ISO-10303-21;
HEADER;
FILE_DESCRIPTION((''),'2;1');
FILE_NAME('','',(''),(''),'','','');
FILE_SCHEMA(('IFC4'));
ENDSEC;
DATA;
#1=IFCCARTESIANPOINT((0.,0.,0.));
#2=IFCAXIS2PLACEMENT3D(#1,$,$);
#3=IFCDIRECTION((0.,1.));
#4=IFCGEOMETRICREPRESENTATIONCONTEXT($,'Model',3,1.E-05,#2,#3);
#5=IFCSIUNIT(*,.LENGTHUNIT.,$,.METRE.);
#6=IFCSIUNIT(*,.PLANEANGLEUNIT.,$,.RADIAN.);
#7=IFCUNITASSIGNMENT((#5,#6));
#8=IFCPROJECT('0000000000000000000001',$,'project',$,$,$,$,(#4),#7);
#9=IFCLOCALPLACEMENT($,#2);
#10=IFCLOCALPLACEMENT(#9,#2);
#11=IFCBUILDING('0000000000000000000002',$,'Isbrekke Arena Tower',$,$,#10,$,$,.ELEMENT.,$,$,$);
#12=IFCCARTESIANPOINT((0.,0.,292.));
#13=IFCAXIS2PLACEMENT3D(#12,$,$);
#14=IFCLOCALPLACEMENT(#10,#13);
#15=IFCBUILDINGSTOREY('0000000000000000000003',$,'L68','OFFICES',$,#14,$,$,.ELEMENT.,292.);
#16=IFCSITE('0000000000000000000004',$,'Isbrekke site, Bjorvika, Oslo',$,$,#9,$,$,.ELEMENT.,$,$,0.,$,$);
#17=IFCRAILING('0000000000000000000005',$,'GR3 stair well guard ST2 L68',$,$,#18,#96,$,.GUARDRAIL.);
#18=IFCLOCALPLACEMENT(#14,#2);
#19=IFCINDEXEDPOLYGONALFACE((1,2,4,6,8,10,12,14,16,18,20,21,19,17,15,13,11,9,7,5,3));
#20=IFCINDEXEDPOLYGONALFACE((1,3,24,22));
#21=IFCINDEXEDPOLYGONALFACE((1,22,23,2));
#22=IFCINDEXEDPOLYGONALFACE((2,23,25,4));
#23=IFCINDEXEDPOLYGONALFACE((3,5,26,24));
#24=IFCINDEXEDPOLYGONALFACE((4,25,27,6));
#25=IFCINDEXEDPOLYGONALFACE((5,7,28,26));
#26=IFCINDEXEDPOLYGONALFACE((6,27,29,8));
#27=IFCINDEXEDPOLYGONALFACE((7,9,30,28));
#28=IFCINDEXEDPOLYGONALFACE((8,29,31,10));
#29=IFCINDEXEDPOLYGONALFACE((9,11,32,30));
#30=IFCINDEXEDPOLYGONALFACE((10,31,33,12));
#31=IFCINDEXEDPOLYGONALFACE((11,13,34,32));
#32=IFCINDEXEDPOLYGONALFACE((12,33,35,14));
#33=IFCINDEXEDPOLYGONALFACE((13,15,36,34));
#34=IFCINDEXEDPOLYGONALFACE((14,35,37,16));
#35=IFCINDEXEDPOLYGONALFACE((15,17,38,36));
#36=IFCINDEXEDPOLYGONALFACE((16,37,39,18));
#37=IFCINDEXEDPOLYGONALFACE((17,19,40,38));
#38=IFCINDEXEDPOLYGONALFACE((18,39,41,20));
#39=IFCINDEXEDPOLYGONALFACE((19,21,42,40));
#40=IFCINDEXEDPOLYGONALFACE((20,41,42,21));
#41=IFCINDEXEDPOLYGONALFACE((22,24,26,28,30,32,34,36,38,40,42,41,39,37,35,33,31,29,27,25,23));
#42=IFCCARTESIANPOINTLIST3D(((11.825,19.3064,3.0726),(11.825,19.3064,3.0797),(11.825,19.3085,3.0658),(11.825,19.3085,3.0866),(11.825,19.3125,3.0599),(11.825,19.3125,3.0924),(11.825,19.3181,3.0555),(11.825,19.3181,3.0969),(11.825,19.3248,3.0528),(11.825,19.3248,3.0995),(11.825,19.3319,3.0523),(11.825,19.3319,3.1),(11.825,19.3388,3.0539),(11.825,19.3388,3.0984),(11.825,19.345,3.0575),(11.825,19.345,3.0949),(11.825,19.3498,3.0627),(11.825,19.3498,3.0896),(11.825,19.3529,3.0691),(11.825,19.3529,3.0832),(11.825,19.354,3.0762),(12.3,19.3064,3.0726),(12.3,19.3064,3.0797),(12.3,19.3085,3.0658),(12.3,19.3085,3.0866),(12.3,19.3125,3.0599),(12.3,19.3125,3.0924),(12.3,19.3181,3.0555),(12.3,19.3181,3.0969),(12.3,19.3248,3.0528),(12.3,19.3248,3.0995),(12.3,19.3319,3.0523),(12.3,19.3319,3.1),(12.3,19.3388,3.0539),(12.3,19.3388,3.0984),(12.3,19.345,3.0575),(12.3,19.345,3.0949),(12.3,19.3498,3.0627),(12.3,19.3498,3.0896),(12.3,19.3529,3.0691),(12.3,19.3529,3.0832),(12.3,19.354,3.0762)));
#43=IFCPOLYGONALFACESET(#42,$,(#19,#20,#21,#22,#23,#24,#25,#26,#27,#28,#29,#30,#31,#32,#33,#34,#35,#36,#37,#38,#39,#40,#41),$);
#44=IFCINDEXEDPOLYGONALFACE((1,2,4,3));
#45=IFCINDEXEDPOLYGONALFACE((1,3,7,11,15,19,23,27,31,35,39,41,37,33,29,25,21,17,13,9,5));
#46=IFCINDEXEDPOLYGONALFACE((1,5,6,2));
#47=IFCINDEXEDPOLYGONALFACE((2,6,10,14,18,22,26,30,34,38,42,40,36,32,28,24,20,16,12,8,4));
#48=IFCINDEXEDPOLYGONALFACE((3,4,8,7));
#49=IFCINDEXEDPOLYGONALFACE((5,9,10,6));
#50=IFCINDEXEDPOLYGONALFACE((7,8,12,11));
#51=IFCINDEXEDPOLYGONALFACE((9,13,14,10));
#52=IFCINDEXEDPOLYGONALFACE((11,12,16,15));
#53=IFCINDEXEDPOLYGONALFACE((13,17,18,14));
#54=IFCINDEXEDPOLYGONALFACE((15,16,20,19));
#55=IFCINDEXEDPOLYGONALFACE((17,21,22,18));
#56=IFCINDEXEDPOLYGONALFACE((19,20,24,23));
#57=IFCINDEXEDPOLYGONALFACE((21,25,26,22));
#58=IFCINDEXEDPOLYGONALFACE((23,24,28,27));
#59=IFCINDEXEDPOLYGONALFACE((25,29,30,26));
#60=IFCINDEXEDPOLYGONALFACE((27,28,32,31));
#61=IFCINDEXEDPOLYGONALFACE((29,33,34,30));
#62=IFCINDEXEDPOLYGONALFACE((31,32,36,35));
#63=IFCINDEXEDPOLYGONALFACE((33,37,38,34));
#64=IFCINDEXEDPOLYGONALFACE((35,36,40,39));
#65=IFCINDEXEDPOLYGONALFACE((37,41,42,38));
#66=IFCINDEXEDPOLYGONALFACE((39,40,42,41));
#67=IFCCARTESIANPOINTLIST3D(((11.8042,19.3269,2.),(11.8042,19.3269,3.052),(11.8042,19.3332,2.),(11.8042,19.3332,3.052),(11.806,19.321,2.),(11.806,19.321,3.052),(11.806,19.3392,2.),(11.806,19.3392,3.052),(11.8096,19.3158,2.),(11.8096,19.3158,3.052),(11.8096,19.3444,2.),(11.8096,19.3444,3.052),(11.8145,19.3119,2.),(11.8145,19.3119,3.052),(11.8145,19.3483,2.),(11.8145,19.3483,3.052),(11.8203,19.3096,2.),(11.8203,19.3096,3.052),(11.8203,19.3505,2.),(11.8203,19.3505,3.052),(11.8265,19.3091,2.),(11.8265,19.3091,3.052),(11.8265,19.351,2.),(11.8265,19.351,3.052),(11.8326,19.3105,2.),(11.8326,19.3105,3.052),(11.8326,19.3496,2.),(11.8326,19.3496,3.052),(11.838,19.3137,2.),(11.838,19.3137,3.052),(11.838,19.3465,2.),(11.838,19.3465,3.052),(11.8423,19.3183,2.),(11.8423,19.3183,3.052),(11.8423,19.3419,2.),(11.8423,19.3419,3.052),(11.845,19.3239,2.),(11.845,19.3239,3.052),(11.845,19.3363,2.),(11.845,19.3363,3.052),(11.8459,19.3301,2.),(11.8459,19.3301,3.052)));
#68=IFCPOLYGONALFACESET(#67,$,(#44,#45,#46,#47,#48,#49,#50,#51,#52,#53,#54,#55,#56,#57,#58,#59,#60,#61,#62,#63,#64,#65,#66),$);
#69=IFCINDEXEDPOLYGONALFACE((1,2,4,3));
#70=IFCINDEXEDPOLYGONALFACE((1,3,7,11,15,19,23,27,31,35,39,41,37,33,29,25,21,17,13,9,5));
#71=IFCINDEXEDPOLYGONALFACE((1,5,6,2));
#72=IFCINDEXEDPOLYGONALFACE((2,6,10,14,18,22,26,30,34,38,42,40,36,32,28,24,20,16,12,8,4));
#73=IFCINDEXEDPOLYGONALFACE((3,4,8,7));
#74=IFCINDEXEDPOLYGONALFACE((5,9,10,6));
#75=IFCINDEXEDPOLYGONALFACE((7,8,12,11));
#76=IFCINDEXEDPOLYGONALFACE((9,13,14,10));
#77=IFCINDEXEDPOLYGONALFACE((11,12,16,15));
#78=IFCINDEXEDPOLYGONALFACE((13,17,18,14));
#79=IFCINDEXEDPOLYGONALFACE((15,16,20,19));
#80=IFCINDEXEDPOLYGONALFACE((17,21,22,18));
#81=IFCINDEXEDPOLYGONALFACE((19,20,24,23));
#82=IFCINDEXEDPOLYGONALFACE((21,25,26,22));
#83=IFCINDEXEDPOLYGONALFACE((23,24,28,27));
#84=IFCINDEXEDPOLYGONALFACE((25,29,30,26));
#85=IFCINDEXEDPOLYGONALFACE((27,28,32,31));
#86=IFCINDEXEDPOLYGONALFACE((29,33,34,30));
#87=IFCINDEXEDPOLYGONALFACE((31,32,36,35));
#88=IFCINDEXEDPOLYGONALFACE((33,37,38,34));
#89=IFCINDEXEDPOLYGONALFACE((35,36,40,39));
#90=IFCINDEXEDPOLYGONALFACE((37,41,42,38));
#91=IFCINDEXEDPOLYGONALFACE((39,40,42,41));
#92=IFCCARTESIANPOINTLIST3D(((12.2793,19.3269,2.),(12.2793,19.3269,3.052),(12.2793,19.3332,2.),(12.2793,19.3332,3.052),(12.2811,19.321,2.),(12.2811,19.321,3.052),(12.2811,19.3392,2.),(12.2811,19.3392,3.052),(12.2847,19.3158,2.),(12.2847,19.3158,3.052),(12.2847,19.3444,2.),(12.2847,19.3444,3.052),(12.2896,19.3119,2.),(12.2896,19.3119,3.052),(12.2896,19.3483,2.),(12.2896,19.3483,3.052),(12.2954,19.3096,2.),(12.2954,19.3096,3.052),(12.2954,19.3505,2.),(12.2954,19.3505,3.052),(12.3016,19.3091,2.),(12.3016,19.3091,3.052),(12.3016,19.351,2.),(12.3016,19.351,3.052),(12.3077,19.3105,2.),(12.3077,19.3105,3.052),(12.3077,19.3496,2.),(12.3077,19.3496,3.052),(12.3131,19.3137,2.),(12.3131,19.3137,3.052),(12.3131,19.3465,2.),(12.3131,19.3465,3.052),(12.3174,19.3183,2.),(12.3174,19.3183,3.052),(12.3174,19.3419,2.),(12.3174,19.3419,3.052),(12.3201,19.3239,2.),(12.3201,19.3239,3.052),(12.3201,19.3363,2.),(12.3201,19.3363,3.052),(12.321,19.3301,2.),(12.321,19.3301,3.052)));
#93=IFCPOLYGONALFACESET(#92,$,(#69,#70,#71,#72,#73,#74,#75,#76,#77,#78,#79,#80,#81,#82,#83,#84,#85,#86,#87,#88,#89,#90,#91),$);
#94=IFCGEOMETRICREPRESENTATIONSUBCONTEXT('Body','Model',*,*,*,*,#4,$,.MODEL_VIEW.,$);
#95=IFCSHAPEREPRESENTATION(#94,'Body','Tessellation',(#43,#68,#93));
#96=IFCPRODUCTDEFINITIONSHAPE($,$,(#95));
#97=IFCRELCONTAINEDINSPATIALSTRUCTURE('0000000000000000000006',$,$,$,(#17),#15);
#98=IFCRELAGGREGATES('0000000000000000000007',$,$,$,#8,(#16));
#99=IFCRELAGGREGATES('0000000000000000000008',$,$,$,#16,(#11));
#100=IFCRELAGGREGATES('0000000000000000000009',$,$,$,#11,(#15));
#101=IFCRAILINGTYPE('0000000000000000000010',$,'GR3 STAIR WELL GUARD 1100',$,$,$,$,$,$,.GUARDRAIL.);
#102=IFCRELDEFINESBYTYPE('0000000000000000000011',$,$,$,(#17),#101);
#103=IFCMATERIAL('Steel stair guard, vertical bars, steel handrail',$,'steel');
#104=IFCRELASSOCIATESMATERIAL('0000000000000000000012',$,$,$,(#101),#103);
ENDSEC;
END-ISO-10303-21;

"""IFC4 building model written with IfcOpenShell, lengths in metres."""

from ifc_helpers import new_model, si_unit, direction, frame, origin, origin_2d, place, context, subcontext, project, spatial, circle, extrude, material, type_object, element, save


model = new_model("IFC4")

# Units and contexts
model_context = context("Model", 3, precision=1e-05, world=origin(), true_north=direction((0.0, 1.0)))
body_context = subcontext(model_context, "Body", "Model", "MODEL_VIEW")
ifc_project = project(units=[si_unit("LENGTHUNIT", "METRE"), si_unit("PLANEANGLEUNIT", "RADIAN")], contexts=[model_context])

# Site, building, storey
site_placement = place(None, origin())
site = spatial("IfcSite", under=ifc_project, at=site_placement, Name="Isbrekke site, Bjorvika, Oslo", CompositionType="ELEMENT", RefElevation=0.0)
building_placement = place(site_placement, origin())
building = spatial("IfcBuilding", under=site, at=building_placement, Name="Isbrekke Arena Tower", CompositionType="ELEMENT")
storey_placement = place(building_placement, frame((0.0, 0.0, 292.0)))
storey = spatial("IfcBuildingStorey", under=building, at=storey_placement, Name="L68", Description="OFFICES", CompositionType="ELEMENT", Elevation=292.0)

# Railing
ifc_material_1 = material(Name="Steel stair guard, vertical bars, steel handrail", Category="steel")
railing_type = type_object("IfcRailingType", Name="GR3 STAIR WELL GUARD 1100", PredefinedType="GUARDRAIL", material=ifc_material_1)
for number, where, name in (
    (1, (11.825, 19.3301, 2.0), "GR3 stair well guard ST2 L68"),
):
    element("IfcRailing", number, at=place(storey_placement, frame(where)), inside=storey, type_object=railing_type, Name=name, PredefinedType="GUARDRAIL", context=body_context, shape_type="SweptSolid", body=[
        extrude(circle(Radius=0.0239, at=origin_2d()), frame((0.0, 0.0, 1.0762), z_axis=(1.0, 0.0, 0.0), x_axis=(0.0, 1.0, 0.0)), (0.0, 0.0, 1.0), 0.4751),
        extrude(circle(Radius=0.021, at=origin_2d()), origin(), (0.0, 0.0, 1.0), 1.052),
        extrude(circle(Radius=0.021, at=origin_2d()), frame((0.4751, 0.0, 0.0)), (0.0, 0.0, 1.0), 1.052),
    ])

save(model, "model.ifc")
